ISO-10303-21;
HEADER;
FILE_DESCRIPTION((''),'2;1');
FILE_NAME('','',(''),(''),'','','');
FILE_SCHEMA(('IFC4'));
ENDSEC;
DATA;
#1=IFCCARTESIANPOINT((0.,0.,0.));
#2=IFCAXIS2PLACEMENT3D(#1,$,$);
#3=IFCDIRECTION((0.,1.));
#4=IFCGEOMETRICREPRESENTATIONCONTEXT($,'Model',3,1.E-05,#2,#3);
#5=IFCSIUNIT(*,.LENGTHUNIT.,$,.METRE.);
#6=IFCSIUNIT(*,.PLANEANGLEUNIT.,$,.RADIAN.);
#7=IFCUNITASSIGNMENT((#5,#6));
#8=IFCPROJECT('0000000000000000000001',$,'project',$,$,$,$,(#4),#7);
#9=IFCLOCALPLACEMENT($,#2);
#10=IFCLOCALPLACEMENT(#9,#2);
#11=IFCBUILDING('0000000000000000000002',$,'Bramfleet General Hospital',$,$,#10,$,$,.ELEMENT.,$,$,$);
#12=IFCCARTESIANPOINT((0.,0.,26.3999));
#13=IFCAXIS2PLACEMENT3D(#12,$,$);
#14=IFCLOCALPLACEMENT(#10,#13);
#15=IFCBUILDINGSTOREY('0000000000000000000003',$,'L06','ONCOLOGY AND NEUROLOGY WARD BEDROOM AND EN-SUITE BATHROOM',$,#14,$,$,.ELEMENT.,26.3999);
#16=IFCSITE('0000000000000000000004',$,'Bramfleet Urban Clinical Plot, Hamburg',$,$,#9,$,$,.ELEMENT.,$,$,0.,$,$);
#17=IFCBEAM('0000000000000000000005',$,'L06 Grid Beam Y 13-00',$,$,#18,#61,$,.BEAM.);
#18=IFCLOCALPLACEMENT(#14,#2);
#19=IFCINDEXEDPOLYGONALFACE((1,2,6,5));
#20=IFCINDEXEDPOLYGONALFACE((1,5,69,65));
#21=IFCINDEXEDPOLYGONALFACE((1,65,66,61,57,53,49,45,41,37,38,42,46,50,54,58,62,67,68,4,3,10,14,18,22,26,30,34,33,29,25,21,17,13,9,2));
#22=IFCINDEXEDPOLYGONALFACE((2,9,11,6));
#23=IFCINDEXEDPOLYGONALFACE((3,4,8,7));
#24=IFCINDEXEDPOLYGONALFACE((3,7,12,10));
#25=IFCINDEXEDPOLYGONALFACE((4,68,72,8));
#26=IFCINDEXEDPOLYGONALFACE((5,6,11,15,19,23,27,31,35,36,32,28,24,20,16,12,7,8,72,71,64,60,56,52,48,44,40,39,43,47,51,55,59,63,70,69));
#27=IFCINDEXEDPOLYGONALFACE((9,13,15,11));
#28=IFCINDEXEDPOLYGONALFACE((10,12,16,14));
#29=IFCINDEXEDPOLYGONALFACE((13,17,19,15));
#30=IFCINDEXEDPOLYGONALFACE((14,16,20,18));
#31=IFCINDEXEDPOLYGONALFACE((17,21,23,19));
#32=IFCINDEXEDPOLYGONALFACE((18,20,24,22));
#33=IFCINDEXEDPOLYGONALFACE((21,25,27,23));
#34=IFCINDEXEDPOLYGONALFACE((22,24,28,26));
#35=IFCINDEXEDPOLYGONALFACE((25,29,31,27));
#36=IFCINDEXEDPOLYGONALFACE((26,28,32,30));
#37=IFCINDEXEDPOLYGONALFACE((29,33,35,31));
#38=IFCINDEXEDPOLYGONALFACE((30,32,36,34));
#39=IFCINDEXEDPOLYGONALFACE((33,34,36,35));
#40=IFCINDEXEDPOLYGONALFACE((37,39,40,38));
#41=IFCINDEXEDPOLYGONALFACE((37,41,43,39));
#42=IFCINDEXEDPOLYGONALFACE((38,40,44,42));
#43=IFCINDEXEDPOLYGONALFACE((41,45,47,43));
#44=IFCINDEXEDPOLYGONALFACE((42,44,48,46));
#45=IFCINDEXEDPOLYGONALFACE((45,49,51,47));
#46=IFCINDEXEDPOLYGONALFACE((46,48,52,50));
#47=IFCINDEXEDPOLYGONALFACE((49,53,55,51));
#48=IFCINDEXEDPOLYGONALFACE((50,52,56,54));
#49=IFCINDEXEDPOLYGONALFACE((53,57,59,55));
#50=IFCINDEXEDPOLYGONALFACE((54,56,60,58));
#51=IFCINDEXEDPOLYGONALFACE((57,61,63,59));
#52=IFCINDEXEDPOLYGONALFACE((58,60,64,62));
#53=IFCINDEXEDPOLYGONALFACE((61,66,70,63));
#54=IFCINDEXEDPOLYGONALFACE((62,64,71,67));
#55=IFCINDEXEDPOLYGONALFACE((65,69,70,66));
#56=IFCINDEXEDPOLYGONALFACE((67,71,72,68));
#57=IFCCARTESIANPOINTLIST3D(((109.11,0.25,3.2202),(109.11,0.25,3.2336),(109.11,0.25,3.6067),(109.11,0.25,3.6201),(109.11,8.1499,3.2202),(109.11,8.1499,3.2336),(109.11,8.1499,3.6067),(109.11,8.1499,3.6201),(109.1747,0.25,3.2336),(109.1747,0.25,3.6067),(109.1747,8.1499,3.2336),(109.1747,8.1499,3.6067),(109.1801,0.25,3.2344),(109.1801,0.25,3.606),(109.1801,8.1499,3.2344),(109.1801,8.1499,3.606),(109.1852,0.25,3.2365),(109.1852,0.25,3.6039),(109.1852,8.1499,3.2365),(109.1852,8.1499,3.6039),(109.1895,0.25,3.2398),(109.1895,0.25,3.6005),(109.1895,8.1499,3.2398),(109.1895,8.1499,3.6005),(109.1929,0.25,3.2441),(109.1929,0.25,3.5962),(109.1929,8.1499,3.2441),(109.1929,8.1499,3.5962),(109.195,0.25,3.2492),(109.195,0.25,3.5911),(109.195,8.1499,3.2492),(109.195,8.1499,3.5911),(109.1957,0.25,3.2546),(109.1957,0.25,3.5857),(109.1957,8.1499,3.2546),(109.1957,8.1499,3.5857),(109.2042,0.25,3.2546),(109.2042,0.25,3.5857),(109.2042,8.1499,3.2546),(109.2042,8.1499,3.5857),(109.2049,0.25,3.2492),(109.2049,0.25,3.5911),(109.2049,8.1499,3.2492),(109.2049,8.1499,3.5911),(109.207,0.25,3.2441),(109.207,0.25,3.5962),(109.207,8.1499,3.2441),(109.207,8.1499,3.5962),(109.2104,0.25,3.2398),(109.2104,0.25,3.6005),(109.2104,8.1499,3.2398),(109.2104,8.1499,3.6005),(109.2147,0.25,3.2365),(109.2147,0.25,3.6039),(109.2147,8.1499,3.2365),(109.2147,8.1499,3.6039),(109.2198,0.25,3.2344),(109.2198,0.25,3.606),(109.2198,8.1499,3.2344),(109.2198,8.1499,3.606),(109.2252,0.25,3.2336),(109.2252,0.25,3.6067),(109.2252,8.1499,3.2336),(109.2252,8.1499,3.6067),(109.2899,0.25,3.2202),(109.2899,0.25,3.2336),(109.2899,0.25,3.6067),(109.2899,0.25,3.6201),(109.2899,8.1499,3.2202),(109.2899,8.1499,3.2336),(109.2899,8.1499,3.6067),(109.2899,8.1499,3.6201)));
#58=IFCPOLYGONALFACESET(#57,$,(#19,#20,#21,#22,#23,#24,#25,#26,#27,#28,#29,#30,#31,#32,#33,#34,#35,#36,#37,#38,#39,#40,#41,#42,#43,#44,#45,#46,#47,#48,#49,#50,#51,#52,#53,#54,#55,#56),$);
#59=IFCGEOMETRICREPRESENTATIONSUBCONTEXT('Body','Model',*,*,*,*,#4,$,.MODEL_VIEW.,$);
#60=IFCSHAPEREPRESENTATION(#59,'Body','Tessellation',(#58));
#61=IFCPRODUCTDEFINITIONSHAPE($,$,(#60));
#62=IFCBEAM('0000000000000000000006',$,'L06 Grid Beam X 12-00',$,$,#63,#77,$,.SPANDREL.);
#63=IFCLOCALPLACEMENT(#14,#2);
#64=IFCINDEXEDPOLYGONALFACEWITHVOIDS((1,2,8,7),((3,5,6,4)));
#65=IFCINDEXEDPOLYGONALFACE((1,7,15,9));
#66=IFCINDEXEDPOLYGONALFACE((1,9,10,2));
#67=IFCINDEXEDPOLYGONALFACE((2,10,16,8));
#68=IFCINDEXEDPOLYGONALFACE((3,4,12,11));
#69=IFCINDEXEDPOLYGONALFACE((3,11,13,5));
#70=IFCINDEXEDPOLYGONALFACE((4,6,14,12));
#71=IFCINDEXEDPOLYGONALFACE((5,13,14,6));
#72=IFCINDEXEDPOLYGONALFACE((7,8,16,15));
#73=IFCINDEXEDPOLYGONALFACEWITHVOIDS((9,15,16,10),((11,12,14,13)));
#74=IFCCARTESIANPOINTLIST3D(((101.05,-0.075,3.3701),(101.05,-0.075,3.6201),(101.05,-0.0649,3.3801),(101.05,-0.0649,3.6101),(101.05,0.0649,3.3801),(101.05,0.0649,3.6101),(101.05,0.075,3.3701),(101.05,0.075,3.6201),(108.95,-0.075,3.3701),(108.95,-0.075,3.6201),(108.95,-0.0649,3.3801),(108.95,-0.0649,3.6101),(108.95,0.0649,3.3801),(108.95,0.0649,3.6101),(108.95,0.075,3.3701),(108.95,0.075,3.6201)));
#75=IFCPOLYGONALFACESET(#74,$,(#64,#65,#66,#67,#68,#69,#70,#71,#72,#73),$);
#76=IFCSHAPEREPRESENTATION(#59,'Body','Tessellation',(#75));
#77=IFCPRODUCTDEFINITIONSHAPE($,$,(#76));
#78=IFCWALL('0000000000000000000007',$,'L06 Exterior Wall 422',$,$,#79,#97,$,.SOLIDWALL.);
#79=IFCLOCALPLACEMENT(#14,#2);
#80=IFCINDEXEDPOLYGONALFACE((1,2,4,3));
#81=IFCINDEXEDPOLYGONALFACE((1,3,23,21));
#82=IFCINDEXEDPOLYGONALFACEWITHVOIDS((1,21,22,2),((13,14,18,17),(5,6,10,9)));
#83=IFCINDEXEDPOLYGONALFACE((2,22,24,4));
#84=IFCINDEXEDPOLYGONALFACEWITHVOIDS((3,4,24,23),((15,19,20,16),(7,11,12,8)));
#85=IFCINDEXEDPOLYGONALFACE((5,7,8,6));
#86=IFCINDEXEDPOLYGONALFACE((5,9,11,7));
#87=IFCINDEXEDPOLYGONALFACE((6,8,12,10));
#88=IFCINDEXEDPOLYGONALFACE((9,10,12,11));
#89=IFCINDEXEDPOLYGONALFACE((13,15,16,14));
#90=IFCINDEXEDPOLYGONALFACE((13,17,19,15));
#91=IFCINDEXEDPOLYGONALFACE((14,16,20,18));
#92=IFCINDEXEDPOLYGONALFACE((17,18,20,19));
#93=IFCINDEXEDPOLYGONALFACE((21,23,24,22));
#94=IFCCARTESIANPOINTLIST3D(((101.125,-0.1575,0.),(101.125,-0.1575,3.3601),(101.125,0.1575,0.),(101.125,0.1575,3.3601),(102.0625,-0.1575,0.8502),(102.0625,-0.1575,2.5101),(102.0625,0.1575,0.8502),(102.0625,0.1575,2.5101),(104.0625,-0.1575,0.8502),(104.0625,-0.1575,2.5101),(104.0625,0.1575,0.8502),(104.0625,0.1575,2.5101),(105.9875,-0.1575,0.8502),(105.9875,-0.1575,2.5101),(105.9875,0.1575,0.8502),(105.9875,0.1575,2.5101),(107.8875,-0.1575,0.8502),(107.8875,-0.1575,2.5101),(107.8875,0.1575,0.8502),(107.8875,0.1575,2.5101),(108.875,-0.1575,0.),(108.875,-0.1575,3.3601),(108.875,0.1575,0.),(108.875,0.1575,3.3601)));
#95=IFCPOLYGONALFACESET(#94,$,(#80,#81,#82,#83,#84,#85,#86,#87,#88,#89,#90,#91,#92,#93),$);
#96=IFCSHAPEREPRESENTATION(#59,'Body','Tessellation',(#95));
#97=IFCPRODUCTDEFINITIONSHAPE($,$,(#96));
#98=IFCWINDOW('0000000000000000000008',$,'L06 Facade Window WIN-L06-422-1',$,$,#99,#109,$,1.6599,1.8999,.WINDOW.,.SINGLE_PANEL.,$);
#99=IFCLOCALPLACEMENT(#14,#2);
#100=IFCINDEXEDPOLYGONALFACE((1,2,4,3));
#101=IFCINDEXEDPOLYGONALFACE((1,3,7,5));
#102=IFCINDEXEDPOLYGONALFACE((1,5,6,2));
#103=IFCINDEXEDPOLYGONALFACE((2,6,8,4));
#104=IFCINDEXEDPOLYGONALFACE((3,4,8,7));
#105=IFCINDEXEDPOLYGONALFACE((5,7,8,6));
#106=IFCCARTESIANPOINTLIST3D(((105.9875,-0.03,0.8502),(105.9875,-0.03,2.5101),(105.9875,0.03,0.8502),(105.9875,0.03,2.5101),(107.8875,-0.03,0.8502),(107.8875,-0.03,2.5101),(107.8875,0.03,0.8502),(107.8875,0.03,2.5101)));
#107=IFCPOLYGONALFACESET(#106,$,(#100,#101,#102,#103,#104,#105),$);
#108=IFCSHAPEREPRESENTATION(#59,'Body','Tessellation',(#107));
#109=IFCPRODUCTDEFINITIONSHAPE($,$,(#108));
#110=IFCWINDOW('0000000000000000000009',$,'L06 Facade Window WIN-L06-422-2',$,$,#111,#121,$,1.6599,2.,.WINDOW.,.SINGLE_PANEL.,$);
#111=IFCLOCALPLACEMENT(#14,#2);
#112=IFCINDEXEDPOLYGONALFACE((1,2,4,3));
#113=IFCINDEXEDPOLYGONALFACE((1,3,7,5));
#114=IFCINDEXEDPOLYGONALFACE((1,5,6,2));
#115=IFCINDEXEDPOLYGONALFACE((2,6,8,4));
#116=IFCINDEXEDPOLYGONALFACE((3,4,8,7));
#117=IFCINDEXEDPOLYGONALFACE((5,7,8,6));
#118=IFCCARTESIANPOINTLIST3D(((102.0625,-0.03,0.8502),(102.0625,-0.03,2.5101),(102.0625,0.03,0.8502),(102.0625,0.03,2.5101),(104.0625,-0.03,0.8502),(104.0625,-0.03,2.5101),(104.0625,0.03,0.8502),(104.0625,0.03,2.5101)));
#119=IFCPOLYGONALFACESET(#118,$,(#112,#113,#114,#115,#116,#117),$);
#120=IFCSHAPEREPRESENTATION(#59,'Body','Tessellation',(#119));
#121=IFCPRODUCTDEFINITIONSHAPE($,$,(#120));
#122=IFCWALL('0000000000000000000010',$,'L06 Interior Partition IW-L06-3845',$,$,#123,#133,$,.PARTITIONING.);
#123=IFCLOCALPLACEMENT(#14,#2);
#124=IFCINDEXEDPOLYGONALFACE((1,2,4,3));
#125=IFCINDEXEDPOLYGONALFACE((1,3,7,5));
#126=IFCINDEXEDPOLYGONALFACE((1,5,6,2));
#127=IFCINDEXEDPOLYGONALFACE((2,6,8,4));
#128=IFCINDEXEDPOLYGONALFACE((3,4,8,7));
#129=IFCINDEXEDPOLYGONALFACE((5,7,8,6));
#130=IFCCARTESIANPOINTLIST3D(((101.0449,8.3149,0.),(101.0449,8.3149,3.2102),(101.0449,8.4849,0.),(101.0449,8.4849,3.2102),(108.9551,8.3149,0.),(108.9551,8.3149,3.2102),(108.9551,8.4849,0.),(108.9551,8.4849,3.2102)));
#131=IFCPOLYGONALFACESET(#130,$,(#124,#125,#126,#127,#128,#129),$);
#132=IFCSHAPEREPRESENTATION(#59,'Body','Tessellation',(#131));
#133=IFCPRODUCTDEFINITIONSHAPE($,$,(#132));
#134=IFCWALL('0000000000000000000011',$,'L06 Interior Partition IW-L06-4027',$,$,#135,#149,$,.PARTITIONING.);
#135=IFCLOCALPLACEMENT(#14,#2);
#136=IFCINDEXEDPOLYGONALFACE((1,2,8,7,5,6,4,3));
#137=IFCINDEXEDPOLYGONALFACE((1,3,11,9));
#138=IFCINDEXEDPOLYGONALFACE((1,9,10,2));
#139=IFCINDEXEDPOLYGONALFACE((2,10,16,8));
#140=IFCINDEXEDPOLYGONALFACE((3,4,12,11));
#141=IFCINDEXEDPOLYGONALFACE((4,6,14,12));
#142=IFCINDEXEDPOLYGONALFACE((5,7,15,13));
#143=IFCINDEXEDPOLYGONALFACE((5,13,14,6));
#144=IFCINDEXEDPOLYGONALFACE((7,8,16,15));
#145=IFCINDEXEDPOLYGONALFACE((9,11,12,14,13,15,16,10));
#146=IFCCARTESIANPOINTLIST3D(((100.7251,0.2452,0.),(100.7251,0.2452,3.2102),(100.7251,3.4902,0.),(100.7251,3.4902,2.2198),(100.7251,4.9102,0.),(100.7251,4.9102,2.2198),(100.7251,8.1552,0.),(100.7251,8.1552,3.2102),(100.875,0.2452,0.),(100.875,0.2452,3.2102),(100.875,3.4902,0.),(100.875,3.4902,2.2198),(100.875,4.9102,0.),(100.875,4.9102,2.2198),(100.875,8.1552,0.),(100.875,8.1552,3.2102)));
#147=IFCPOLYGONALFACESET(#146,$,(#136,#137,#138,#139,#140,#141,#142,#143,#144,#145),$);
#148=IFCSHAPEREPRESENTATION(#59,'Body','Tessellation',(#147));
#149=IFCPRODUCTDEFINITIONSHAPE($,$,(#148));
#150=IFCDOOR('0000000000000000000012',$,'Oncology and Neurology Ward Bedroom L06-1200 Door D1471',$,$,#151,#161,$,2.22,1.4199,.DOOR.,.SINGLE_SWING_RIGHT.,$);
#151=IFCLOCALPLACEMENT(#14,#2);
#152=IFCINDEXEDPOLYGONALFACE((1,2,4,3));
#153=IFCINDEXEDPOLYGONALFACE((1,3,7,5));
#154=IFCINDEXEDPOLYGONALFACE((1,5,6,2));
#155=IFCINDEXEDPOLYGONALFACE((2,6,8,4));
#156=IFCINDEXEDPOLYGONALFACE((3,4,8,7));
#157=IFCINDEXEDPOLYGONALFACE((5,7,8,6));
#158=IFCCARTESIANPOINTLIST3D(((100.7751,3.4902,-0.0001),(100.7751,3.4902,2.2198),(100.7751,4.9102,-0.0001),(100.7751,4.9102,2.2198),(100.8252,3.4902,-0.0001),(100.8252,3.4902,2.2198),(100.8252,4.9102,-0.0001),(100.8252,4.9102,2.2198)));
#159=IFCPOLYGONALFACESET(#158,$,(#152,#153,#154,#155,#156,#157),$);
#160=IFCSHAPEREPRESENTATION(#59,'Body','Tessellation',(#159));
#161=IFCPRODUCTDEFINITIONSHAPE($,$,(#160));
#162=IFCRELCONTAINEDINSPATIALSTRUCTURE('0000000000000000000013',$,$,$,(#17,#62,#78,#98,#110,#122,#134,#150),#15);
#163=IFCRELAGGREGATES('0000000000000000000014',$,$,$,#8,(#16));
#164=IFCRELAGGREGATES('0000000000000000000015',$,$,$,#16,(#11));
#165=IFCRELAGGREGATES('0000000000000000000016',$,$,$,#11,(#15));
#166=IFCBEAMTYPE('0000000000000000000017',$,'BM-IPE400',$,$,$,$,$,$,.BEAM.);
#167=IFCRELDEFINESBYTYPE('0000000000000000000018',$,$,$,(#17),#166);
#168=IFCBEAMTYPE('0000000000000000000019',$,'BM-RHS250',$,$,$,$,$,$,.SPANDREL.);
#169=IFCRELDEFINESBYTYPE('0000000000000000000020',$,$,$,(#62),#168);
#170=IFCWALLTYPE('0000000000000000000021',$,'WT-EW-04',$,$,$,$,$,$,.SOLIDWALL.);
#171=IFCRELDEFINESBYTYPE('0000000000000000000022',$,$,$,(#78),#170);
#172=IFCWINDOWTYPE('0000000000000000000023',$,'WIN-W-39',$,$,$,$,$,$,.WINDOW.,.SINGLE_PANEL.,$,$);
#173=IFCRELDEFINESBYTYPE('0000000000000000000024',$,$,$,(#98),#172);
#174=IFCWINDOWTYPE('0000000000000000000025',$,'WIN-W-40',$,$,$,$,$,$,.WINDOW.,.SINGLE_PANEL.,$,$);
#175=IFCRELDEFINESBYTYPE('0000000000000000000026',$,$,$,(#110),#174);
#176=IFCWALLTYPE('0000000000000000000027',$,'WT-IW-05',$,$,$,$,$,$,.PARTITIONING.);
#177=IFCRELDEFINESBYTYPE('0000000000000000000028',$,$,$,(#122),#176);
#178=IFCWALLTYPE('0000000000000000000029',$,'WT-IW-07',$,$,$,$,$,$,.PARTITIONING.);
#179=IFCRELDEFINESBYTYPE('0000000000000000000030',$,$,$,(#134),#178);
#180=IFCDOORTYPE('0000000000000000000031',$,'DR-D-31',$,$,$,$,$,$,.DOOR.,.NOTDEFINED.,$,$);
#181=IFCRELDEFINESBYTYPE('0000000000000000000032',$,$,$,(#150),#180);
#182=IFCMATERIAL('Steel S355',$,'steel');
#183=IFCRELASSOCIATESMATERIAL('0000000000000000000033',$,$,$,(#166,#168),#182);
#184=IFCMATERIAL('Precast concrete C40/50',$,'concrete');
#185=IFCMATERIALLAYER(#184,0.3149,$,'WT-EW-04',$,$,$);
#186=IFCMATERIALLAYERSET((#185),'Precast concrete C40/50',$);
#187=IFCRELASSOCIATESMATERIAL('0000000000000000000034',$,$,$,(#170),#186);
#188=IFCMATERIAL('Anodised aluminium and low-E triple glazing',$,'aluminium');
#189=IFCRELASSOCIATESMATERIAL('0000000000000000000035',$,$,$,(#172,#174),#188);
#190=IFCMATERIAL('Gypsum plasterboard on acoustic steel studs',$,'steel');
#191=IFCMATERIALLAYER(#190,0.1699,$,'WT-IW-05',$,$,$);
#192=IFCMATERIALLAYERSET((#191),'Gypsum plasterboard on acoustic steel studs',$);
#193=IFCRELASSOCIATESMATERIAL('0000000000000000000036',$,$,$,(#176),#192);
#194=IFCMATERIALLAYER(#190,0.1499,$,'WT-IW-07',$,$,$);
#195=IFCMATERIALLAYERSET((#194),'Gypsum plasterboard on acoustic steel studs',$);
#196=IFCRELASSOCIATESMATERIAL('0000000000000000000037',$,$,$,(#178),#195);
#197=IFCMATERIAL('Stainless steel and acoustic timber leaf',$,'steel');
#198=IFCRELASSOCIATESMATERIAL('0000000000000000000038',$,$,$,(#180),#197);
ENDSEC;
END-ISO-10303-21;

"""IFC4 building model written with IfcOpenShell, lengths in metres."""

from ifc_helpers import new_model, si_unit, direction, frame, frame_2d, origin, origin_2d, place, context, subcontext, project, spatial, rectangle, hollow_rectangle, i_section, extrude, material, layer, layer_set, material_profile, profile_set, type_object, element, fill, save


model = new_model("IFC4")

# Units and contexts
model_context = context("Model", 3, precision=1e-05, world=origin(), true_north=direction((0.0, 1.0)))
body_context = subcontext(model_context, "Body", "Model", "MODEL_VIEW")
ifc_project = project(units=[si_unit("LENGTHUNIT", "METRE"), si_unit("PLANEANGLEUNIT", "RADIAN")], contexts=[model_context])

# Site, building, storey
site_placement = place(None, origin())
site = spatial("IfcSite", under=ifc_project, at=site_placement, Name="Bramfleet Urban Clinical Plot, Hamburg", CompositionType="ELEMENT", RefElevation=0.0)
building_placement = place(site_placement, origin())
building = spatial("IfcBuilding", under=site, at=building_placement, Name="Bramfleet General Hospital", CompositionType="ELEMENT")
storey_placement = place(building_placement, frame((0.0, 0.0, 26.3999)))
storey = spatial("IfcBuildingStorey", under=building, at=storey_placement, Name="L06", Description="ONCOLOGY AND NEUROLOGY WARD BEDROOM AND EN-SUITE BATHROOM", CompositionType="ELEMENT", Elevation=26.3999)

# Beams
ifc_material_1 = material(Name="Steel S355", Category="steel")
ifc_material_profile_1 = material_profile(ifc_material_1, i_section(OverallWidth=0.1799, OverallDepth=0.3999, WebThickness=0.0085, FlangeThickness=0.0134, FilletRadius=0.021, at=origin_2d()), Name="IPE 400")
ifc_profile_set_1 = profile_set([ifc_material_profile_1], Name="Steel S355")
beam_type_1 = type_object("IfcBeamType", Name="BM-IPE400", PredefinedType="BEAM", material=ifc_profile_set_1)
beam_1_placement = place(storey_placement, frame((109.2, 0.25, 3.4202), z_axis=(0.0, 1.0, 0.0), x_axis=(-1.0, 0.0, 0.0)))
element("IfcBeam", 1, at=beam_1_placement, inside=storey, type_object=beam_type_1, Name="L06 Grid Beam Y 13-00", PredefinedType="BEAM", context=body_context, shape_type="SweptSolid", body=[
    extrude(i_section(OverallWidth=0.1799, OverallDepth=0.3999, WebThickness=0.0085, FlangeThickness=0.0134, FilletRadius=0.021, at=origin_2d()), origin(), (0.0, 0.0, 1.0), 7.8999),
])
ifc_material_profile_2 = material_profile(ifc_material_1, hollow_rectangle(XDim=0.1499, YDim=0.25, WallThickness=0.01, at=origin_2d()), Name="RHS 250x150x10.0")
ifc_profile_set_2 = profile_set([ifc_material_profile_2], Name="Steel S355")
beam_type_2 = type_object("IfcBeamType", Name="BM-RHS250", PredefinedType="SPANDREL", material=ifc_profile_set_2)
beam_2_placement = place(storey_placement, frame((101.05, 0.0, 3.4951), z_axis=(1.0, 0.0, 0.0), x_axis=(0.0, 1.0, 0.0)))
element("IfcBeam", 2, at=beam_2_placement, inside=storey, type_object=beam_type_2, Name="L06 Grid Beam X 12-00", PredefinedType="SPANDREL", context=body_context, shape_type="SweptSolid", body=[
    extrude(hollow_rectangle(XDim=0.1499, YDim=0.25, WallThickness=0.01, at=origin_2d()), origin(), (0.0, 0.0, 1.0), 7.8999),
])

# Wall, openings, windows
ifc_material_2 = material(Name="Precast concrete C40/50", Category="concrete")
ifc_layer_1 = layer(ifc_material_2, 0.3149, Name="WT-EW-04")
ifc_layer_set_1 = layer_set([ifc_layer_1], Name="Precast concrete C40/50")
wall_type_1 = type_object("IfcWallType", Name="WT-EW-04", PredefinedType="SOLIDWALL", material=ifc_layer_set_1)
wall_1_placement = place(storey_placement, frame((108.875, 0.0, 0.0), z_axis=(0.0, 0.0, 1.0), x_axis=(-1.0, 0.0, 0.0)))
wall_1 = element("IfcWall", 3, at=wall_1_placement, inside=storey, type_object=wall_type_1, Name="L06 Exterior Wall 422", PredefinedType="SOLIDWALL", context=body_context, shape_type="SweptSolid", body=[
    extrude(rectangle(XDim=7.75, YDim=0.3149, at=frame_2d((3.875, 0.0))), origin(), (0.0, 0.0, 1.0), 3.3601),
])
opening_1_placement = place(wall_1_placement, frame((0.9875, 0.0, 0.8501)))
opening_1 = element("IfcOpeningElement", 4, at=opening_1_placement, cuts=wall_1, PredefinedType="OPENING", context=body_context, shape_type="SweptSolid", body=[
    extrude(rectangle(XDim=1.8999, YDim=1.6599, at=frame_2d((0.95, 0.8301))), frame((0.0, 0.1675, 0.0), z_axis=(0.0, -1.0, 0.0), x_axis=(1.0, 0.0, 0.0)), (0.0, 0.0, 1.0), 0.335),
])
opening_2_placement = place(wall_1_placement, frame((4.8125, 0.0, 0.8501)))
opening_2 = element("IfcOpeningElement", 5, at=opening_2_placement, cuts=wall_1, PredefinedType="OPENING", context=body_context, shape_type="SweptSolid", body=[
    extrude(rectangle(XDim=2.0, YDim=1.6599, at=frame_2d((1.0, 0.8301))), frame((0.0, 0.1675, 0.0), z_axis=(0.0, -1.0, 0.0), x_axis=(1.0, 0.0, 0.0)), (0.0, 0.0, 1.0), 0.335),
])
ifc_material_3 = material(Name="Anodised aluminium and low-E triple glazing", Category="aluminium")
window_type_1 = type_object("IfcWindowType", Name="WIN-W-39", PartitioningType="SINGLE_PANEL", PredefinedType="WINDOW", material=ifc_material_3)
window_1_placement = place(opening_1_placement, origin())
window_1 = element("IfcWindow", 6, at=window_1_placement, inside=storey, type_object=window_type_1, Name="L06 Facade Window WIN-L06-422-1", OverallHeight=1.6599, OverallWidth=1.8999, PartitioningType="SINGLE_PANEL", PredefinedType="WINDOW", context=body_context, shape_type="SweptSolid", body=[
    extrude(rectangle(XDim=1.8999, YDim=1.6599, at=frame_2d((0.95, 0.8301))), frame((0.0, 0.03, 0.0), z_axis=(0.0, -1.0, 0.0), x_axis=(1.0, 0.0, 0.0)), (0.0, 0.0, 1.0), 0.0601),
])
fill(opening_1, window_1)
window_type_2 = type_object("IfcWindowType", Name="WIN-W-40", PartitioningType="SINGLE_PANEL", PredefinedType="WINDOW", material=ifc_material_3)
window_2_placement = place(opening_2_placement, origin())
window_2 = element("IfcWindow", 7, at=window_2_placement, inside=storey, type_object=window_type_2, Name="L06 Facade Window WIN-L06-422-2", OverallHeight=1.6599, OverallWidth=2.0, PartitioningType="SINGLE_PANEL", PredefinedType="WINDOW", context=body_context, shape_type="SweptSolid", body=[
    extrude(rectangle(XDim=2.0, YDim=1.6599, at=frame_2d((1.0, 0.8301))), frame((0.0, 0.03, 0.0), z_axis=(0.0, -1.0, 0.0), x_axis=(1.0, 0.0, 0.0)), (0.0, 0.0, 1.0), 0.0601),
])
fill(opening_2, window_2)

# Wall
ifc_material_4 = material(Name="Gypsum plasterboard on acoustic steel studs", Category="steel")
ifc_layer_2 = layer(ifc_material_4, 0.1699, Name="WT-IW-05")
ifc_layer_set_2 = layer_set([ifc_layer_2], Name="Gypsum plasterboard on acoustic steel studs")
wall_type_2 = type_object("IfcWallType", Name="WT-IW-05", PredefinedType="PARTITIONING", material=ifc_layer_set_2)
wall_2_placement = place(storey_placement, frame((101.0449, 8.3999, 0.0), z_axis=(0.0, 0.0, 1.0), x_axis=(1.0, 0.0, 0.0)))
element("IfcWall", 8, at=wall_2_placement, inside=storey, type_object=wall_type_2, Name="L06 Interior Partition IW-L06-3845", PredefinedType="PARTITIONING", context=body_context, shape_type="SweptSolid", body=[
    extrude(rectangle(XDim=7.9102, YDim=0.1699, at=frame_2d((3.9551, 0.0))), origin(), (0.0, 0.0, 1.0), 3.2102),
])

# Wall, opening, door
ifc_layer_3 = layer(ifc_material_4, 0.1499, Name="WT-IW-07")
ifc_layer_set_3 = layer_set([ifc_layer_3], Name="Gypsum plasterboard on acoustic steel studs")
wall_type_3 = type_object("IfcWallType", Name="WT-IW-07", PredefinedType="PARTITIONING", material=ifc_layer_set_3)
wall_3_placement = place(storey_placement, frame((100.8, 0.2451, 0.0), z_axis=(0.0, 0.0, 1.0), x_axis=(0.0, 1.0, 0.0)))
wall_3 = element("IfcWall", 9, at=wall_3_placement, inside=storey, type_object=wall_type_3, Name="L06 Interior Partition IW-L06-4027", PredefinedType="PARTITIONING", context=body_context, shape_type="SweptSolid", body=[
    extrude(rectangle(XDim=7.9099, YDim=0.1499, at=frame_2d((3.9551, 0.0))), origin(), (0.0, 0.0, 1.0), 3.2102),
])
opening_3_placement = place(wall_3_placement, frame((3.2451, 0.0, 0.0)))
opening_3 = element("IfcOpeningElement", 10, at=opening_3_placement, cuts=wall_3, PredefinedType="OPENING", context=body_context, shape_type="SweptSolid", body=[
    extrude(rectangle(XDim=1.4199, YDim=2.22, at=frame_2d((0.71, 1.1099))), frame((0.0, 0.085, 0.0), z_axis=(0.0, -1.0, 0.0), x_axis=(1.0, 0.0, 0.0)), (0.0, 0.0, 1.0), 0.1699),
])
ifc_material_5 = material(Name="Stainless steel and acoustic timber leaf", Category="steel")
door_type_1 = type_object("IfcDoorType", Name="DR-D-31", OperationType="NOTDEFINED", PredefinedType="DOOR", material=ifc_material_5)
door_1_placement = place(opening_3_placement, origin())
door_1 = element("IfcDoor", 11, at=door_1_placement, inside=storey, type_object=door_type_1, Name="Oncology and Neurology Ward Bedroom L06-1200 Door D1471", OperationType="SINGLE_SWING_RIGHT", OverallHeight=2.22, OverallWidth=1.4199, PredefinedType="DOOR", context=body_context, shape_type="SweptSolid", body=[
    extrude(rectangle(XDim=1.4199, YDim=2.22, at=frame_2d((0.71, 1.1099))), frame((0.0, 0.0249, 0.0), z_axis=(0.0, -1.0, 0.0), x_axis=(1.0, 0.0, 0.0)), (0.0, 0.0, 1.0), 0.05),
])
fill(opening_3, door_1)

save(model, "model.ifc")
